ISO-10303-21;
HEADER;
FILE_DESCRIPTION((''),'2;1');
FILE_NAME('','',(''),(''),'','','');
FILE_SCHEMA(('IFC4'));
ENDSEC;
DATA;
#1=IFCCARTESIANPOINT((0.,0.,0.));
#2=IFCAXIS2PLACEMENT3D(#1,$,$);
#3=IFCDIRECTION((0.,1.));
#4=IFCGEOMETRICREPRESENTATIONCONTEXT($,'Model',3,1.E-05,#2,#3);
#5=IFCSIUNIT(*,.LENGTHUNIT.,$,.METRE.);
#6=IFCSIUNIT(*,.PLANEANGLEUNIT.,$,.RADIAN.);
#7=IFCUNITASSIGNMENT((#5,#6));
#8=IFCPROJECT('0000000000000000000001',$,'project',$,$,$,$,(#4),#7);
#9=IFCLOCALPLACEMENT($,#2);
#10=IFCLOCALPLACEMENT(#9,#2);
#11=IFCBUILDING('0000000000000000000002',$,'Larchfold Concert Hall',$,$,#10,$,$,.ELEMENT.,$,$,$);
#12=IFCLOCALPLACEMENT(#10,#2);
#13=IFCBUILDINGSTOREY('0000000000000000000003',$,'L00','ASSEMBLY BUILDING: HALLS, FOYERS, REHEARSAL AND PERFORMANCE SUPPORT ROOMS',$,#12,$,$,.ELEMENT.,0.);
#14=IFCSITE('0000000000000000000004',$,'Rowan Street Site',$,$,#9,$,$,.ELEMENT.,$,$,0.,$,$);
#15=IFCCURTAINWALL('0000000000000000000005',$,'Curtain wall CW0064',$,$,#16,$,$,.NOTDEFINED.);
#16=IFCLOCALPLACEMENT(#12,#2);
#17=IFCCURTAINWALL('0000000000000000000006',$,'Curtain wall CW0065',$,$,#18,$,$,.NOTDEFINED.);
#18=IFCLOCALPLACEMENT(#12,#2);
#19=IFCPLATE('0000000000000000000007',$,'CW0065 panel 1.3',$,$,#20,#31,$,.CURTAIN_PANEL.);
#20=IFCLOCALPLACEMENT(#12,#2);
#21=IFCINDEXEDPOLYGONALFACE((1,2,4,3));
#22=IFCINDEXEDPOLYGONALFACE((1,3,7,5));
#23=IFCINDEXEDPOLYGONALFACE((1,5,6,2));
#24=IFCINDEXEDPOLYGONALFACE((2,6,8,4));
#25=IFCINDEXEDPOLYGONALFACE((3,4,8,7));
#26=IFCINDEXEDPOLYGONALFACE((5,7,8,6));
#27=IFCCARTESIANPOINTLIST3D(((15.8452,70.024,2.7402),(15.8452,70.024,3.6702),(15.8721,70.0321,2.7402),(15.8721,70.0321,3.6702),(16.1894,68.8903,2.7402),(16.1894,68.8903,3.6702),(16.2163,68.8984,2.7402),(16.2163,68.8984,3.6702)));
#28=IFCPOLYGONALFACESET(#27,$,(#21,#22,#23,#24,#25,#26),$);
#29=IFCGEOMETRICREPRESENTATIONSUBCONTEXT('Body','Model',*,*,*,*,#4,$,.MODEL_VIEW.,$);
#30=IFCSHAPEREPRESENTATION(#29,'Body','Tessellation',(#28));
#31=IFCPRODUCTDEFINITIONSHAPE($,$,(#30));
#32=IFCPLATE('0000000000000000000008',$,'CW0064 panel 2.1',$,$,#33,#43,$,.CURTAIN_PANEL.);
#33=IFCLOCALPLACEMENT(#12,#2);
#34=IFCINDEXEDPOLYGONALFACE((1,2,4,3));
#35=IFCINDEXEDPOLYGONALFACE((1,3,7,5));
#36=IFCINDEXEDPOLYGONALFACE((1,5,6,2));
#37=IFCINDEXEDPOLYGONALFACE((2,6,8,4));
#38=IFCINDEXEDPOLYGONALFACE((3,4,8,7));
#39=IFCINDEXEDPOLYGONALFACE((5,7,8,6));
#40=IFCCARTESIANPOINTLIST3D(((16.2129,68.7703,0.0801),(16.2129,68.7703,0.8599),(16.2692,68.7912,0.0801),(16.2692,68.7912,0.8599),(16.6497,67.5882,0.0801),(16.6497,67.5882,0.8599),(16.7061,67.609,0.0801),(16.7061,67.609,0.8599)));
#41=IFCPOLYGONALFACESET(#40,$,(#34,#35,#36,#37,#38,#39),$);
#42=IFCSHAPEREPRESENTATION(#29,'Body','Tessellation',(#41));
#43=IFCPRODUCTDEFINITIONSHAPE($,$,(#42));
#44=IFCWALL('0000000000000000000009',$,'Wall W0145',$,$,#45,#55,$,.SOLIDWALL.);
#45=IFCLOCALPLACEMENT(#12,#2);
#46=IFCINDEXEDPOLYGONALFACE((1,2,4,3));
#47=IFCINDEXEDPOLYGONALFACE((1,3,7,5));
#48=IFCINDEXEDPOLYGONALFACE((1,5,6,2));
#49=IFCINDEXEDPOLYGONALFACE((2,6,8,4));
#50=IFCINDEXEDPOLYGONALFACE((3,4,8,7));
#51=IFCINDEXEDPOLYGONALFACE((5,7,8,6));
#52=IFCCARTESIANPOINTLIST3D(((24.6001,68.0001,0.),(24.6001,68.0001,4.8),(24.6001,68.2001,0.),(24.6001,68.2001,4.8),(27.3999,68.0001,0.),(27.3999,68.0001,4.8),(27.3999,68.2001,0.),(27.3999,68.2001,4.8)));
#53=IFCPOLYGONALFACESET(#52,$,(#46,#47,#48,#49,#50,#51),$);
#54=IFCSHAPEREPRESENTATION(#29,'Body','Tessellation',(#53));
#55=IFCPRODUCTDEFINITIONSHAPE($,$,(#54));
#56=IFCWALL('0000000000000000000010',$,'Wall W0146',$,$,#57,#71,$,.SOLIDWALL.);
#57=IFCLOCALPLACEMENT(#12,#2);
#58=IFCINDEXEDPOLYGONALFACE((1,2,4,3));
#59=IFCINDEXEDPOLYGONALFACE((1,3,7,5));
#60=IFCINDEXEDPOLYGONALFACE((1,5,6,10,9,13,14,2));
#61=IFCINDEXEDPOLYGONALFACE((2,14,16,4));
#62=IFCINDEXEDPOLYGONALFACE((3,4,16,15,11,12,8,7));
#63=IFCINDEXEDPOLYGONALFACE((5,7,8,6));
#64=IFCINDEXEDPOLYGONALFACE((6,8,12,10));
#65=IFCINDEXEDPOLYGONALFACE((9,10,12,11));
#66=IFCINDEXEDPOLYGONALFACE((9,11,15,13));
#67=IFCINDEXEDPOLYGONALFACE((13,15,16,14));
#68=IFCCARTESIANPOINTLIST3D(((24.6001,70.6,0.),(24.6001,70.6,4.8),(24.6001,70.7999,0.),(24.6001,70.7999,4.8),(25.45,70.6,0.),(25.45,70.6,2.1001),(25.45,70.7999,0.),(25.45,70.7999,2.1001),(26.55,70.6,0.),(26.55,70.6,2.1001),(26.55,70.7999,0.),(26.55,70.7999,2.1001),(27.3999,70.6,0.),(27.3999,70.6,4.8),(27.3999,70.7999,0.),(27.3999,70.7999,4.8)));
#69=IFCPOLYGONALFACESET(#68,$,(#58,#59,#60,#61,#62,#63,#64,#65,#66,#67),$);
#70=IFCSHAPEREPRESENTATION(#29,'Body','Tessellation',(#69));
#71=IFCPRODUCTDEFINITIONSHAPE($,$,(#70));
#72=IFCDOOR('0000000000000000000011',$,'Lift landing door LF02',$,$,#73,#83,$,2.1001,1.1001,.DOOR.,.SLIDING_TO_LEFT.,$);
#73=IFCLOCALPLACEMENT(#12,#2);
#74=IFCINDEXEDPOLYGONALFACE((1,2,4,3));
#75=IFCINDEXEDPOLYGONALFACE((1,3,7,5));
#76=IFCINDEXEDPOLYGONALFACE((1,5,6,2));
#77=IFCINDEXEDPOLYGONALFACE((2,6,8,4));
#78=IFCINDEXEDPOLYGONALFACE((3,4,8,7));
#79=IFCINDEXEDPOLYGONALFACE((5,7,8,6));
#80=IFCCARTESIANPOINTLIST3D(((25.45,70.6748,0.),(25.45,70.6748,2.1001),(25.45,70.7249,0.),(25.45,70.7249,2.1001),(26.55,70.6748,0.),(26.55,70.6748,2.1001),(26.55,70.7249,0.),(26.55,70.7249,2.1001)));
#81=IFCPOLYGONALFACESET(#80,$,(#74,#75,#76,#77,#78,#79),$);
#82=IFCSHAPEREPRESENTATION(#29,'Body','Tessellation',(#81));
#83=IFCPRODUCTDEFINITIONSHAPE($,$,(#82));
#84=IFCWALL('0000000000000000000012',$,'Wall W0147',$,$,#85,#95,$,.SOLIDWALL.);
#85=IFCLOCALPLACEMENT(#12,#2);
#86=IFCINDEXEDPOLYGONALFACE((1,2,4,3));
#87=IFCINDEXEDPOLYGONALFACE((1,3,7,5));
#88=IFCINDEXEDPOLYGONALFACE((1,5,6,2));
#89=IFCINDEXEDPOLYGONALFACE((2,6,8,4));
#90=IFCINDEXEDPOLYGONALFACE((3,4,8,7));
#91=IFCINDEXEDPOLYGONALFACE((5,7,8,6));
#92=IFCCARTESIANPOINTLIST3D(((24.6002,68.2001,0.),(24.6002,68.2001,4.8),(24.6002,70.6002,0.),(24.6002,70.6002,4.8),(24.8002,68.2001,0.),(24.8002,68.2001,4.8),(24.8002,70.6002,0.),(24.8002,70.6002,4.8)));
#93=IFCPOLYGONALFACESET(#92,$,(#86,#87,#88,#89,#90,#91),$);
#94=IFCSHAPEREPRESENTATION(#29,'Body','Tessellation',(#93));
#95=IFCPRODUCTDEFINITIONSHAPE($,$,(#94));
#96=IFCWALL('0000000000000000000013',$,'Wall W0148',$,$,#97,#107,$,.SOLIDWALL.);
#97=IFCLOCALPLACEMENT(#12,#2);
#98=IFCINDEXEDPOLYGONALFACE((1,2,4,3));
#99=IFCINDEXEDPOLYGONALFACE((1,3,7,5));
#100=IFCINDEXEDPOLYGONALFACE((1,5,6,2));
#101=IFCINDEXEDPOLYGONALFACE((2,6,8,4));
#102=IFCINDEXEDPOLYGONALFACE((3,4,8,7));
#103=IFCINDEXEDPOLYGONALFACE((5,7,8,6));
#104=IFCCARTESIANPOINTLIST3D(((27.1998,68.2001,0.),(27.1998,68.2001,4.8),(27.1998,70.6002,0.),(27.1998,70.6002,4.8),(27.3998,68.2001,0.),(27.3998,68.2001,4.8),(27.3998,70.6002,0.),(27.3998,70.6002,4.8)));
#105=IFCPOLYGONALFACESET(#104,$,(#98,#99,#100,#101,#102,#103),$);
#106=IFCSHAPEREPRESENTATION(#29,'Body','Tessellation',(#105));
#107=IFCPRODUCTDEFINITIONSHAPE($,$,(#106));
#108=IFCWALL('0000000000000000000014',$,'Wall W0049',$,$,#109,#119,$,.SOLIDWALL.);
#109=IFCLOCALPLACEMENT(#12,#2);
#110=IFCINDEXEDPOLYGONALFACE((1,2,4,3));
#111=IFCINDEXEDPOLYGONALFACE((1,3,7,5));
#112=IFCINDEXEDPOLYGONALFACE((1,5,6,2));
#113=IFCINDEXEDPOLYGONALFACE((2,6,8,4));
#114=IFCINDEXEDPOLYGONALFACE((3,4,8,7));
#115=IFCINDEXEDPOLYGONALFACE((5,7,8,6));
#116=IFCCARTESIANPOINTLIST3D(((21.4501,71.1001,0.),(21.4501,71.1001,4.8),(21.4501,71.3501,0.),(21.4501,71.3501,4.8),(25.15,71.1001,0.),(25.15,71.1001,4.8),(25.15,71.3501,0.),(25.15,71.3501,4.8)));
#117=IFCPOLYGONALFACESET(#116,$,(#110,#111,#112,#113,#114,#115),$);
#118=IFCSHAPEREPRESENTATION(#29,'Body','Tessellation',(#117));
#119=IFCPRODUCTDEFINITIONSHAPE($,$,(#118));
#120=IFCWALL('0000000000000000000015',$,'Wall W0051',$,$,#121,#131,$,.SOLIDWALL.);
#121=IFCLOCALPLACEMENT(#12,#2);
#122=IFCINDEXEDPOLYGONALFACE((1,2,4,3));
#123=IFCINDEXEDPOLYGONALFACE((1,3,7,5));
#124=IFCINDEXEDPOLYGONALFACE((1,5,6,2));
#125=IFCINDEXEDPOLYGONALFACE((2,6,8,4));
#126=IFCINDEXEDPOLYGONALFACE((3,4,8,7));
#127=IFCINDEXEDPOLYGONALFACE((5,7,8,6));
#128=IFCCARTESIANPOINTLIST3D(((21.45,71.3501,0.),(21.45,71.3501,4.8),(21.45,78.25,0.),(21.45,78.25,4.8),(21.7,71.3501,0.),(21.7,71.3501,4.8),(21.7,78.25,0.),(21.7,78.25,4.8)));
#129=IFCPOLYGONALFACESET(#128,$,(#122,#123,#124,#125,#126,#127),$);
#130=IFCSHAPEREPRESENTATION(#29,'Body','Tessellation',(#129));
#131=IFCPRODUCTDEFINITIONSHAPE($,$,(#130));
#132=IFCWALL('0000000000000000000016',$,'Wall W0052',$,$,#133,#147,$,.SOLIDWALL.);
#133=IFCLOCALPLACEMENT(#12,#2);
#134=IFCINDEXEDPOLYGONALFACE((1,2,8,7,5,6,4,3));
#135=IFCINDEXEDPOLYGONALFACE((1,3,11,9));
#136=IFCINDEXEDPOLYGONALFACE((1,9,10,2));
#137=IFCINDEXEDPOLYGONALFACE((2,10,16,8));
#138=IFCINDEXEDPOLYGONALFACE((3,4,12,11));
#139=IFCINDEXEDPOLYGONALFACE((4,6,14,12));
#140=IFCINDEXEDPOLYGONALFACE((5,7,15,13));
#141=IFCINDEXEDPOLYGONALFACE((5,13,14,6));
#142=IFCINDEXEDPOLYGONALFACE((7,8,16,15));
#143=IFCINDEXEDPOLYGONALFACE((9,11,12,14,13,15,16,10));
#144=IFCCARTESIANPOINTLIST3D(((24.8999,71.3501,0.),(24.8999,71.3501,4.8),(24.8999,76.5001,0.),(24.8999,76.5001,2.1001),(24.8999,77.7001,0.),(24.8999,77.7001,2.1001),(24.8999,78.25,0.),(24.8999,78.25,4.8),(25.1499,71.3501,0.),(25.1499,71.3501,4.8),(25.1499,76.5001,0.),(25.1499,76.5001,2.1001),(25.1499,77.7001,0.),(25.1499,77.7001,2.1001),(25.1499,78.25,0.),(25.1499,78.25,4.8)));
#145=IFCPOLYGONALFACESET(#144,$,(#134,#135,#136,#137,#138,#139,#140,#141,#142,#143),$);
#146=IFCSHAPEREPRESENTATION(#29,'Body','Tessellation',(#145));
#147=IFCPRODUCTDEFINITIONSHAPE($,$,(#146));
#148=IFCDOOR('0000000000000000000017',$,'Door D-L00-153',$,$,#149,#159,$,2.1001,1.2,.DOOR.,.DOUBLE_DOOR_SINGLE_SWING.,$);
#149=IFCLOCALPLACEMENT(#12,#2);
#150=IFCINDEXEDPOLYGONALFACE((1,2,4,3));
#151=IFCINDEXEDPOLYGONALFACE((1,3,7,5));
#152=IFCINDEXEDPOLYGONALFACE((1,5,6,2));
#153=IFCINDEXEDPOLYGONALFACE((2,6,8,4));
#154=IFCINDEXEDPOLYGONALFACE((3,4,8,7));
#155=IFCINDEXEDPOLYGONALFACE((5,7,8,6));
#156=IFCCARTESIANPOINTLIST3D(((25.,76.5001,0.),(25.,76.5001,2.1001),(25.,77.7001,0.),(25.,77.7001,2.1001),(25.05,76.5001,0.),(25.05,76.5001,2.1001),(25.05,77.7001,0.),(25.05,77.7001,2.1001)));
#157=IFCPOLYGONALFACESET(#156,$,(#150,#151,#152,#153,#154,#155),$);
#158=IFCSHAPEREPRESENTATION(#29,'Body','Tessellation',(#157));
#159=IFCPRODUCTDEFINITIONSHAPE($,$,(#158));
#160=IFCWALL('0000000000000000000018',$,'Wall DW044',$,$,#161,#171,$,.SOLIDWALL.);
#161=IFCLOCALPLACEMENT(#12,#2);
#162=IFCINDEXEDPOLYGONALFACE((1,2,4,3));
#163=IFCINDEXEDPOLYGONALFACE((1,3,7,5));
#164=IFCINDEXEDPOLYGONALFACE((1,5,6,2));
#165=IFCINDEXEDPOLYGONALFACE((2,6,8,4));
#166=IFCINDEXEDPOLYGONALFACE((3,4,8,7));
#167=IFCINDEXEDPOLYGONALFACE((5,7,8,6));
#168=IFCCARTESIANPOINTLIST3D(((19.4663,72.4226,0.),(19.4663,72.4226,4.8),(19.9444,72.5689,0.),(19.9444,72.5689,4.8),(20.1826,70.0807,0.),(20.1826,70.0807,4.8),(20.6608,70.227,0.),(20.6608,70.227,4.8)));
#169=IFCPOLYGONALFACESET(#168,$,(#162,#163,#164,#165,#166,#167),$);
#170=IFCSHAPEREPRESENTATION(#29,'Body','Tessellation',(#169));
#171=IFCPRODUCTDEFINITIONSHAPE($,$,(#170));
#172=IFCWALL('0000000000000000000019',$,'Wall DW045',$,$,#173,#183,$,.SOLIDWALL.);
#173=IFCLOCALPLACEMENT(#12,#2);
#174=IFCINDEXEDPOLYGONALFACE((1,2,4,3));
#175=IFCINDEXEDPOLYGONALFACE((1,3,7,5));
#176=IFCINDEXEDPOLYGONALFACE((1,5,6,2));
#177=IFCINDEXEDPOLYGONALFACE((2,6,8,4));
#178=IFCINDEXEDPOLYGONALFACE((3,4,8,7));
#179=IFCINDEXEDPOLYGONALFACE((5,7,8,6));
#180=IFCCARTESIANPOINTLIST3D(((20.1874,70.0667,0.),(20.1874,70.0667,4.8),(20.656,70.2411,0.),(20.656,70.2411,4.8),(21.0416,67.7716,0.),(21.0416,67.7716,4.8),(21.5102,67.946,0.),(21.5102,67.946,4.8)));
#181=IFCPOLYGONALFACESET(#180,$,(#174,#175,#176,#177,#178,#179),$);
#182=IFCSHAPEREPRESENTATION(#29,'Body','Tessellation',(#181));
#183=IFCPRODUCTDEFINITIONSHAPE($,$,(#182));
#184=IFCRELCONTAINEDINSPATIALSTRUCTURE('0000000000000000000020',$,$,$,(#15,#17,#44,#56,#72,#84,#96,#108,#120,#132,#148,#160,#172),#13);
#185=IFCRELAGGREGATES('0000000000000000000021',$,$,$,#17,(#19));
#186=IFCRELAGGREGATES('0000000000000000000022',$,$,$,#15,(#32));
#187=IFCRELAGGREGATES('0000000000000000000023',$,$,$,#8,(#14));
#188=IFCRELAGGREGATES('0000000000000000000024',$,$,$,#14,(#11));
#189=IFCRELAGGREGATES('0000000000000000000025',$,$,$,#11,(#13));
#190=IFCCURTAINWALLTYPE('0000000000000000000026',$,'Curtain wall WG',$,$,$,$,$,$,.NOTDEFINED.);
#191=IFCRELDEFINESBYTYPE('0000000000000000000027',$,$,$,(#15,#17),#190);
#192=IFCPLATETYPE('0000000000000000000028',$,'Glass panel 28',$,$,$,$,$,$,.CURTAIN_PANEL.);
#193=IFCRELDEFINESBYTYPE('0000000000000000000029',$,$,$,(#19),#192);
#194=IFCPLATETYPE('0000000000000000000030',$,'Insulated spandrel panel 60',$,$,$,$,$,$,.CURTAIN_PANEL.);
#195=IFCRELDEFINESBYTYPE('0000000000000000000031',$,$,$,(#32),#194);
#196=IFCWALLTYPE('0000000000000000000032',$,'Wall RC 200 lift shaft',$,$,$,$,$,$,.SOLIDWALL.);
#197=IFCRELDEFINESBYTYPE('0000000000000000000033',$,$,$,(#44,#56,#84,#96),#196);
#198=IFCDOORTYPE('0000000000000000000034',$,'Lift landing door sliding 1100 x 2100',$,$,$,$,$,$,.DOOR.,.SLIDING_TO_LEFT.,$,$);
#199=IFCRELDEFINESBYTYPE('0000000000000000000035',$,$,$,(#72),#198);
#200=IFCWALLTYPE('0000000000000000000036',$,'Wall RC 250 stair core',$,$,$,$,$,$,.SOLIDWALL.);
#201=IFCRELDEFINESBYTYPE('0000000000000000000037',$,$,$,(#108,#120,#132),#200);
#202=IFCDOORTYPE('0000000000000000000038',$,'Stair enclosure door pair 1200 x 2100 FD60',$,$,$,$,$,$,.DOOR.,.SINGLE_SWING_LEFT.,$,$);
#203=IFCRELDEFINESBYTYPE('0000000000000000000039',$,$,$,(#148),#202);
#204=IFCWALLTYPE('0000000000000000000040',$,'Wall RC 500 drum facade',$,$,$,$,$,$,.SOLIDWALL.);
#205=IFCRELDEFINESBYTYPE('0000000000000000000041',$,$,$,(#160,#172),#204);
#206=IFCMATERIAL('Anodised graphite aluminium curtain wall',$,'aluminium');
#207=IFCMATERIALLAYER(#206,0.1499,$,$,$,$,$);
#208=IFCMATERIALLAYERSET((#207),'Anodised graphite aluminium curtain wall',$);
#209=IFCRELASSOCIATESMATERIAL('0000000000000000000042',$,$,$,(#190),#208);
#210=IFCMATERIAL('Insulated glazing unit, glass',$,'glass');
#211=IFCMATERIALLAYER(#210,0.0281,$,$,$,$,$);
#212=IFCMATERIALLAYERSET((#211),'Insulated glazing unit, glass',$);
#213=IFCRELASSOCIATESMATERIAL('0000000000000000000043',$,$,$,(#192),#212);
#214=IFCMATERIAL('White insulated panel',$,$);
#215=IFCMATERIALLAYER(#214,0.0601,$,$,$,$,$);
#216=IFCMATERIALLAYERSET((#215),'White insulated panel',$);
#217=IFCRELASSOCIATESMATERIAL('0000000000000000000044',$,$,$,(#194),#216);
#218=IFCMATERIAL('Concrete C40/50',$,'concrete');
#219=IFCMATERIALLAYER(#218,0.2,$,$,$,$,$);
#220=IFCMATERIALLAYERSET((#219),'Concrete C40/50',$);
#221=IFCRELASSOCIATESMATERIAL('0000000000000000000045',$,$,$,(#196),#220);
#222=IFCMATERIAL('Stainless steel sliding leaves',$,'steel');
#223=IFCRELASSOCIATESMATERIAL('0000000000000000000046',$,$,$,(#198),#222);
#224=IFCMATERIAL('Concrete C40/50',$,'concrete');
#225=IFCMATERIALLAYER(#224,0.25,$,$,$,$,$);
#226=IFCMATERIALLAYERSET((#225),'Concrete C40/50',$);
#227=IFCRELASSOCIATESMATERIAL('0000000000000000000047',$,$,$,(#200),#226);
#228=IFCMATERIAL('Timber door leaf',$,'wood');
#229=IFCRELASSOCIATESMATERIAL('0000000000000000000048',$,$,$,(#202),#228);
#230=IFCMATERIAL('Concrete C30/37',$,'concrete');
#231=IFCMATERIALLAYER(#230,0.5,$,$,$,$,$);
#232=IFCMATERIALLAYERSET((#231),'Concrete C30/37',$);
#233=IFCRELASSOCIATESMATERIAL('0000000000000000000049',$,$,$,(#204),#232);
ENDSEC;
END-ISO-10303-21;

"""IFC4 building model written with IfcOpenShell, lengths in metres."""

from ifc_helpers import new_model, si_unit, direction, frame, frame_2d, origin, origin_2d, place, context, subcontext, project, spatial, rectangle, extrude, material, layer, layer_set, type_object, element, fill, aggregate, save


model = new_model("IFC4")

# Units and contexts
model_context = context("Model", 3, precision=1e-05, world=origin(), true_north=direction((0.0, 1.0)))
body_context = subcontext(model_context, "Body", "Model", "MODEL_VIEW")
ifc_project = project(units=[si_unit("LENGTHUNIT", "METRE"), si_unit("PLANEANGLEUNIT", "RADIAN")], contexts=[model_context])

# Site, building, storey
site_placement = place(None, origin())
site = spatial("IfcSite", under=ifc_project, at=site_placement, Name="Rowan Street Site", CompositionType="ELEMENT", RefElevation=0.0)
building_placement = place(site_placement, origin())
building = spatial("IfcBuilding", under=site, at=building_placement, Name="Larchfold Concert Hall", CompositionType="ELEMENT")
storey_placement = place(building_placement, origin())
storey = spatial("IfcBuildingStorey", under=building, at=storey_placement, Name="L00", Description="ASSEMBLY BUILDING: HALLS, FOYERS, REHEARSAL AND PERFORMANCE SUPPORT ROOMS", CompositionType="ELEMENT", Elevation=0.0)

# Curtain wall
ifc_material_1 = material(Name="Anodised graphite aluminium curtain wall", Category="aluminium")
ifc_layer_1 = layer(ifc_material_1, 0.1499)
ifc_layer_set_1 = layer_set([ifc_layer_1], Name="Anodised graphite aluminium curtain wall")
curtain_wall_type = type_object("IfcCurtainWallType", Name="Curtain wall WG", PredefinedType="NOTDEFINED", material=ifc_layer_set_1)
curtain_wall_1_placement = place(storey_placement, origin())
curtain_wall_1 = element("IfcCurtainWall", 1, at=curtain_wall_1_placement, inside=storey, type_object=curtain_wall_type, Name="Curtain wall CW0064", PredefinedType="NOTDEFINED")

# Curtain wall
curtain_wall_2_placement = place(storey_placement, origin())
curtain_wall_2 = element("IfcCurtainWall", 2, at=curtain_wall_2_placement, inside=storey, type_object=curtain_wall_type, Name="Curtain wall CW0065", PredefinedType="NOTDEFINED")

# Plates
ifc_material_2 = material(Name="Insulated glazing unit, glass", Category="glass")
ifc_layer_2 = layer(ifc_material_2, 0.0281)
ifc_layer_set_2 = layer_set([ifc_layer_2], Name="Insulated glazing unit, glass")
plate_type_1 = type_object("IfcPlateType", Name="Glass panel 28", PredefinedType="CURTAIN_PANEL", material=ifc_layer_set_2)
plate_1_placement = place(storey_placement, frame((16.0308, 69.4612, 2.7402), z_axis=(0.0, 0.0, 1.0), x_axis=(-0.290544, 0.956862, 0.0)))
plate_1 = element("IfcPlate", 3, at=plate_1_placement, type_object=plate_type_1, Name="CW0065 panel 1.3", PredefinedType="CURTAIN_PANEL", context=body_context, shape_type="SweptSolid", body=[
    extrude(rectangle(XDim=1.1848, YDim=0.0281, at=origin_2d()), origin(), (0.0, 0.0, 1.0), 0.9299),
])
aggregate(curtain_wall_2, [plate_1])
ifc_material_3 = material(Name="White insulated panel")
ifc_layer_3 = layer(ifc_material_3, 0.0601)
ifc_layer_set_3 = layer_set([ifc_layer_3], Name="White insulated panel")
plate_type_2 = type_object("IfcPlateType", Name="Insulated spandrel panel 60", PredefinedType="CURTAIN_PANEL", material=ifc_layer_set_3)
plate_2_placement = place(storey_placement, frame((16.4595, 68.1897, 0.0801), z_axis=(0.0, 0.0, 1.0), x_axis=(-0.346631, 0.938002, 0.0)))
plate_2 = element("IfcPlate", 4, at=plate_2_placement, type_object=plate_type_2, Name="CW0064 panel 2.1", PredefinedType="CURTAIN_PANEL", context=body_context, shape_type="SweptSolid", body=[
    extrude(rectangle(XDim=1.2603, YDim=0.0601, at=origin_2d()), origin(), (0.0, 0.0, 1.0), 0.7798),
])
aggregate(curtain_wall_1, [plate_2])

# Wall
ifc_material_4 = material(Name="Concrete C40/50", Category="concrete")
ifc_layer_4 = layer(ifc_material_4, 0.2)
ifc_layer_set_4 = layer_set([ifc_layer_4], Name="Concrete C40/50")
wall_type_1 = type_object("IfcWallType", Name="Wall RC 200 lift shaft", PredefinedType="SOLIDWALL", material=ifc_layer_set_4)
wall_1_placement = place(storey_placement, frame((24.6001, 68.1001, 0.0), z_axis=(0.0, 0.0, 1.0), x_axis=(1.0, 0.0, 0.0)))
element("IfcWall", 5, at=wall_1_placement, inside=storey, type_object=wall_type_1, Name="Wall W0145", PredefinedType="SOLIDWALL", context=body_context, shape_type="SweptSolid", body=[
    extrude(rectangle(XDim=2.7998, YDim=0.2, at=frame_2d((1.3999, 0.0))), origin(), (0.0, 0.0, 1.0), 4.8),
])

# Wall, opening, door
wall_2_placement = place(storey_placement, frame((24.6001, 70.7, 0.0), z_axis=(0.0, 0.0, 1.0), x_axis=(1.0, 0.0, 0.0)))
wall_2 = element("IfcWall", 6, at=wall_2_placement, inside=storey, type_object=wall_type_1, Name="Wall W0146", PredefinedType="SOLIDWALL", context=body_context, shape_type="SweptSolid", body=[
    extrude(rectangle(XDim=2.7998, YDim=0.2, at=frame_2d((1.3999, 0.0))), origin(), (0.0, 0.0, 1.0), 4.8),
])
opening_1_placement = place(wall_2_placement, frame((0.8499, 0.0, 0.0)))
opening_1 = element("IfcOpeningElement", 7, at=opening_1_placement, cuts=wall_2, PredefinedType="OPENING", context=body_context, shape_type="SweptSolid", body=[
    extrude(rectangle(XDim=1.1001, YDim=2.1001, at=frame_2d((0.55, 1.05))), frame((0.0, 0.1099, 0.0), z_axis=(0.0, -1.0, 0.0), x_axis=(1.0, 0.0, 0.0)), (0.0, 0.0, 1.0), 0.22),
])
ifc_material_5 = material(Name="Stainless steel sliding leaves", Category="steel")
door_type_1 = type_object("IfcDoorType", Name="Lift landing door sliding 1100 x 2100", OperationType="SLIDING_TO_LEFT", PredefinedType="DOOR", material=ifc_material_5)
door_1_placement = place(opening_1_placement, origin())
door_1 = element("IfcDoor", 8, at=door_1_placement, inside=storey, type_object=door_type_1, Name="Lift landing door LF02", OperationType="SLIDING_TO_LEFT", OverallHeight=2.1001, OverallWidth=1.1001, PredefinedType="DOOR", context=body_context, shape_type="SweptSolid", body=[
    extrude(rectangle(XDim=1.1001, YDim=2.1001, at=frame_2d((0.55, 1.05))), frame((0.0, 0.0249, 0.0), z_axis=(0.0, -1.0, 0.0), x_axis=(1.0, 0.0, 0.0)), (0.0, 0.0, 1.0), 0.05),
])
fill(opening_1, door_1)

# Walls
for number, where, z_axis, x_axis, name in (
    (9, (24.7002, 68.2, 0.0), (0.0, 0.0, 1.0), (0.0, 1.0, 0.0), "Wall W0147"),
    (10, (27.2998, 68.2, 0.0), (0.0, 0.0, 1.0), (0.0, 1.0, 0.0), "Wall W0148"),
):
    element("IfcWall", number, at=place(storey_placement, frame(where, z_axis=z_axis, x_axis=x_axis)), inside=storey, type_object=wall_type_1, Name=name, PredefinedType="SOLIDWALL", context=body_context, shape_type="SweptSolid", body=[
        extrude(rectangle(XDim=2.4001, YDim=0.2, at=frame_2d((1.2002, 0.0))), origin(), (0.0, 0.0, 1.0), 4.8),
    ])
ifc_material_6 = material(Name="Concrete C40/50", Category="concrete")
ifc_layer_5 = layer(ifc_material_6, 0.25)
ifc_layer_set_5 = layer_set([ifc_layer_5], Name="Concrete C40/50")
wall_type_2 = type_object("IfcWallType", Name="Wall RC 250 stair core", PredefinedType="SOLIDWALL", material=ifc_layer_set_5)
wall_3_placement = place(storey_placement, frame((21.45, 71.2251, 0.0), z_axis=(0.0, 0.0, 1.0), x_axis=(1.0, 0.0, 0.0)))
element("IfcWall", 11, at=wall_3_placement, inside=storey, type_object=wall_type_2, Name="Wall W0049", PredefinedType="SOLIDWALL", context=body_context, shape_type="SweptSolid", body=[
    extrude(rectangle(XDim=3.7, YDim=0.25, at=frame_2d((1.8501, 0.0))), origin(), (0.0, 0.0, 1.0), 4.8),
])
wall_4_placement = place(storey_placement, frame((21.575, 71.3501, 0.0), z_axis=(0.0, 0.0, 1.0), x_axis=(0.0, 1.0, 0.0)))
element("IfcWall", 12, at=wall_4_placement, inside=storey, type_object=wall_type_2, Name="Wall W0051", PredefinedType="SOLIDWALL", context=body_context, shape_type="SweptSolid", body=[
    extrude(rectangle(XDim=6.8999, YDim=0.25, at=frame_2d((3.45, 0.0))), origin(), (0.0, 0.0, 1.0), 4.8),
])

# Wall, opening, door
wall_5_placement = place(storey_placement, frame((25.0249, 71.3501, 0.0), z_axis=(0.0, 0.0, 1.0), x_axis=(0.0, 1.0, 0.0)))
wall_5 = element("IfcWall", 13, at=wall_5_placement, inside=storey, type_object=wall_type_2, Name="Wall W0052", PredefinedType="SOLIDWALL", context=body_context, shape_type="SweptSolid", body=[
    extrude(rectangle(XDim=6.8999, YDim=0.25, at=frame_2d((3.45, 0.0))), origin(), (0.0, 0.0, 1.0), 4.8),
])
opening_2_placement = place(wall_5_placement, frame((5.1499, 0.0, 0.0)))
opening_2 = element("IfcOpeningElement", 14, at=opening_2_placement, cuts=wall_5, PredefinedType="OPENING", context=body_context, shape_type="SweptSolid", body=[
    extrude(rectangle(XDim=1.2, YDim=2.1001, at=frame_2d((0.6001, 1.05))), frame((0.0, 0.135, 0.0), z_axis=(0.0, -1.0, 0.0), x_axis=(1.0, 0.0, 0.0)), (0.0, 0.0, 1.0), 0.27),
])
ifc_material_7 = material(Name="Timber door leaf", Category="wood")
door_type_2 = type_object("IfcDoorType", Name="Stair enclosure door pair 1200 x 2100 FD60", OperationType="SINGLE_SWING_LEFT", PredefinedType="DOOR", material=ifc_material_7)
door_2_placement = place(opening_2_placement, origin())
door_2 = element("IfcDoor", 15, at=door_2_placement, inside=storey, type_object=door_type_2, Name="Door D-L00-153", OperationType="DOUBLE_DOOR_SINGLE_SWING", OverallHeight=2.1001, OverallWidth=1.2, PredefinedType="DOOR", context=body_context, shape_type="SweptSolid", body=[
    extrude(rectangle(XDim=1.2, YDim=2.1001, at=frame_2d((0.6001, 1.05))), frame((0.0, 0.0249, 0.0), z_axis=(0.0, -1.0, 0.0), x_axis=(1.0, 0.0, 0.0)), (0.0, 0.0, 1.0), 0.05),
])
fill(opening_2, door_2)

# Walls
ifc_material_8 = material(Name="Concrete C30/37", Category="concrete")
ifc_layer_6 = layer(ifc_material_8, 0.5)
ifc_layer_set_6 = layer_set([ifc_layer_6], Name="Concrete C30/37")
wall_type_3 = type_object("IfcWallType", Name="Wall RC 500 drum facade", PredefinedType="SOLIDWALL", material=ifc_layer_set_6)
for number, where, z_axis, x_axis, name in (
    (16, (19.7053, 72.4958, 0.0), (0.0, 0.0, 1.0), (0.292502, -0.956265, 0.0), "Wall DW044"),
    (17, (20.4216, 70.1541, 0.0), (0.0, 0.0, 1.0), (0.348817, -0.937191, 0.0), "Wall DW045"),
):
    element("IfcWall", number, at=place(storey_placement, frame(where, z_axis=z_axis, x_axis=x_axis)), inside=storey, type_object=wall_type_3, Name=name, PredefinedType="SOLIDWALL", context=body_context, shape_type="SweptSolid", body=[
        extrude(rectangle(XDim=2.449, YDim=0.5, at=frame_2d((1.2246, 0.0))), origin(), (0.0, 0.0, 1.0), 4.8),
    ])

save(model, "model.ifc")
